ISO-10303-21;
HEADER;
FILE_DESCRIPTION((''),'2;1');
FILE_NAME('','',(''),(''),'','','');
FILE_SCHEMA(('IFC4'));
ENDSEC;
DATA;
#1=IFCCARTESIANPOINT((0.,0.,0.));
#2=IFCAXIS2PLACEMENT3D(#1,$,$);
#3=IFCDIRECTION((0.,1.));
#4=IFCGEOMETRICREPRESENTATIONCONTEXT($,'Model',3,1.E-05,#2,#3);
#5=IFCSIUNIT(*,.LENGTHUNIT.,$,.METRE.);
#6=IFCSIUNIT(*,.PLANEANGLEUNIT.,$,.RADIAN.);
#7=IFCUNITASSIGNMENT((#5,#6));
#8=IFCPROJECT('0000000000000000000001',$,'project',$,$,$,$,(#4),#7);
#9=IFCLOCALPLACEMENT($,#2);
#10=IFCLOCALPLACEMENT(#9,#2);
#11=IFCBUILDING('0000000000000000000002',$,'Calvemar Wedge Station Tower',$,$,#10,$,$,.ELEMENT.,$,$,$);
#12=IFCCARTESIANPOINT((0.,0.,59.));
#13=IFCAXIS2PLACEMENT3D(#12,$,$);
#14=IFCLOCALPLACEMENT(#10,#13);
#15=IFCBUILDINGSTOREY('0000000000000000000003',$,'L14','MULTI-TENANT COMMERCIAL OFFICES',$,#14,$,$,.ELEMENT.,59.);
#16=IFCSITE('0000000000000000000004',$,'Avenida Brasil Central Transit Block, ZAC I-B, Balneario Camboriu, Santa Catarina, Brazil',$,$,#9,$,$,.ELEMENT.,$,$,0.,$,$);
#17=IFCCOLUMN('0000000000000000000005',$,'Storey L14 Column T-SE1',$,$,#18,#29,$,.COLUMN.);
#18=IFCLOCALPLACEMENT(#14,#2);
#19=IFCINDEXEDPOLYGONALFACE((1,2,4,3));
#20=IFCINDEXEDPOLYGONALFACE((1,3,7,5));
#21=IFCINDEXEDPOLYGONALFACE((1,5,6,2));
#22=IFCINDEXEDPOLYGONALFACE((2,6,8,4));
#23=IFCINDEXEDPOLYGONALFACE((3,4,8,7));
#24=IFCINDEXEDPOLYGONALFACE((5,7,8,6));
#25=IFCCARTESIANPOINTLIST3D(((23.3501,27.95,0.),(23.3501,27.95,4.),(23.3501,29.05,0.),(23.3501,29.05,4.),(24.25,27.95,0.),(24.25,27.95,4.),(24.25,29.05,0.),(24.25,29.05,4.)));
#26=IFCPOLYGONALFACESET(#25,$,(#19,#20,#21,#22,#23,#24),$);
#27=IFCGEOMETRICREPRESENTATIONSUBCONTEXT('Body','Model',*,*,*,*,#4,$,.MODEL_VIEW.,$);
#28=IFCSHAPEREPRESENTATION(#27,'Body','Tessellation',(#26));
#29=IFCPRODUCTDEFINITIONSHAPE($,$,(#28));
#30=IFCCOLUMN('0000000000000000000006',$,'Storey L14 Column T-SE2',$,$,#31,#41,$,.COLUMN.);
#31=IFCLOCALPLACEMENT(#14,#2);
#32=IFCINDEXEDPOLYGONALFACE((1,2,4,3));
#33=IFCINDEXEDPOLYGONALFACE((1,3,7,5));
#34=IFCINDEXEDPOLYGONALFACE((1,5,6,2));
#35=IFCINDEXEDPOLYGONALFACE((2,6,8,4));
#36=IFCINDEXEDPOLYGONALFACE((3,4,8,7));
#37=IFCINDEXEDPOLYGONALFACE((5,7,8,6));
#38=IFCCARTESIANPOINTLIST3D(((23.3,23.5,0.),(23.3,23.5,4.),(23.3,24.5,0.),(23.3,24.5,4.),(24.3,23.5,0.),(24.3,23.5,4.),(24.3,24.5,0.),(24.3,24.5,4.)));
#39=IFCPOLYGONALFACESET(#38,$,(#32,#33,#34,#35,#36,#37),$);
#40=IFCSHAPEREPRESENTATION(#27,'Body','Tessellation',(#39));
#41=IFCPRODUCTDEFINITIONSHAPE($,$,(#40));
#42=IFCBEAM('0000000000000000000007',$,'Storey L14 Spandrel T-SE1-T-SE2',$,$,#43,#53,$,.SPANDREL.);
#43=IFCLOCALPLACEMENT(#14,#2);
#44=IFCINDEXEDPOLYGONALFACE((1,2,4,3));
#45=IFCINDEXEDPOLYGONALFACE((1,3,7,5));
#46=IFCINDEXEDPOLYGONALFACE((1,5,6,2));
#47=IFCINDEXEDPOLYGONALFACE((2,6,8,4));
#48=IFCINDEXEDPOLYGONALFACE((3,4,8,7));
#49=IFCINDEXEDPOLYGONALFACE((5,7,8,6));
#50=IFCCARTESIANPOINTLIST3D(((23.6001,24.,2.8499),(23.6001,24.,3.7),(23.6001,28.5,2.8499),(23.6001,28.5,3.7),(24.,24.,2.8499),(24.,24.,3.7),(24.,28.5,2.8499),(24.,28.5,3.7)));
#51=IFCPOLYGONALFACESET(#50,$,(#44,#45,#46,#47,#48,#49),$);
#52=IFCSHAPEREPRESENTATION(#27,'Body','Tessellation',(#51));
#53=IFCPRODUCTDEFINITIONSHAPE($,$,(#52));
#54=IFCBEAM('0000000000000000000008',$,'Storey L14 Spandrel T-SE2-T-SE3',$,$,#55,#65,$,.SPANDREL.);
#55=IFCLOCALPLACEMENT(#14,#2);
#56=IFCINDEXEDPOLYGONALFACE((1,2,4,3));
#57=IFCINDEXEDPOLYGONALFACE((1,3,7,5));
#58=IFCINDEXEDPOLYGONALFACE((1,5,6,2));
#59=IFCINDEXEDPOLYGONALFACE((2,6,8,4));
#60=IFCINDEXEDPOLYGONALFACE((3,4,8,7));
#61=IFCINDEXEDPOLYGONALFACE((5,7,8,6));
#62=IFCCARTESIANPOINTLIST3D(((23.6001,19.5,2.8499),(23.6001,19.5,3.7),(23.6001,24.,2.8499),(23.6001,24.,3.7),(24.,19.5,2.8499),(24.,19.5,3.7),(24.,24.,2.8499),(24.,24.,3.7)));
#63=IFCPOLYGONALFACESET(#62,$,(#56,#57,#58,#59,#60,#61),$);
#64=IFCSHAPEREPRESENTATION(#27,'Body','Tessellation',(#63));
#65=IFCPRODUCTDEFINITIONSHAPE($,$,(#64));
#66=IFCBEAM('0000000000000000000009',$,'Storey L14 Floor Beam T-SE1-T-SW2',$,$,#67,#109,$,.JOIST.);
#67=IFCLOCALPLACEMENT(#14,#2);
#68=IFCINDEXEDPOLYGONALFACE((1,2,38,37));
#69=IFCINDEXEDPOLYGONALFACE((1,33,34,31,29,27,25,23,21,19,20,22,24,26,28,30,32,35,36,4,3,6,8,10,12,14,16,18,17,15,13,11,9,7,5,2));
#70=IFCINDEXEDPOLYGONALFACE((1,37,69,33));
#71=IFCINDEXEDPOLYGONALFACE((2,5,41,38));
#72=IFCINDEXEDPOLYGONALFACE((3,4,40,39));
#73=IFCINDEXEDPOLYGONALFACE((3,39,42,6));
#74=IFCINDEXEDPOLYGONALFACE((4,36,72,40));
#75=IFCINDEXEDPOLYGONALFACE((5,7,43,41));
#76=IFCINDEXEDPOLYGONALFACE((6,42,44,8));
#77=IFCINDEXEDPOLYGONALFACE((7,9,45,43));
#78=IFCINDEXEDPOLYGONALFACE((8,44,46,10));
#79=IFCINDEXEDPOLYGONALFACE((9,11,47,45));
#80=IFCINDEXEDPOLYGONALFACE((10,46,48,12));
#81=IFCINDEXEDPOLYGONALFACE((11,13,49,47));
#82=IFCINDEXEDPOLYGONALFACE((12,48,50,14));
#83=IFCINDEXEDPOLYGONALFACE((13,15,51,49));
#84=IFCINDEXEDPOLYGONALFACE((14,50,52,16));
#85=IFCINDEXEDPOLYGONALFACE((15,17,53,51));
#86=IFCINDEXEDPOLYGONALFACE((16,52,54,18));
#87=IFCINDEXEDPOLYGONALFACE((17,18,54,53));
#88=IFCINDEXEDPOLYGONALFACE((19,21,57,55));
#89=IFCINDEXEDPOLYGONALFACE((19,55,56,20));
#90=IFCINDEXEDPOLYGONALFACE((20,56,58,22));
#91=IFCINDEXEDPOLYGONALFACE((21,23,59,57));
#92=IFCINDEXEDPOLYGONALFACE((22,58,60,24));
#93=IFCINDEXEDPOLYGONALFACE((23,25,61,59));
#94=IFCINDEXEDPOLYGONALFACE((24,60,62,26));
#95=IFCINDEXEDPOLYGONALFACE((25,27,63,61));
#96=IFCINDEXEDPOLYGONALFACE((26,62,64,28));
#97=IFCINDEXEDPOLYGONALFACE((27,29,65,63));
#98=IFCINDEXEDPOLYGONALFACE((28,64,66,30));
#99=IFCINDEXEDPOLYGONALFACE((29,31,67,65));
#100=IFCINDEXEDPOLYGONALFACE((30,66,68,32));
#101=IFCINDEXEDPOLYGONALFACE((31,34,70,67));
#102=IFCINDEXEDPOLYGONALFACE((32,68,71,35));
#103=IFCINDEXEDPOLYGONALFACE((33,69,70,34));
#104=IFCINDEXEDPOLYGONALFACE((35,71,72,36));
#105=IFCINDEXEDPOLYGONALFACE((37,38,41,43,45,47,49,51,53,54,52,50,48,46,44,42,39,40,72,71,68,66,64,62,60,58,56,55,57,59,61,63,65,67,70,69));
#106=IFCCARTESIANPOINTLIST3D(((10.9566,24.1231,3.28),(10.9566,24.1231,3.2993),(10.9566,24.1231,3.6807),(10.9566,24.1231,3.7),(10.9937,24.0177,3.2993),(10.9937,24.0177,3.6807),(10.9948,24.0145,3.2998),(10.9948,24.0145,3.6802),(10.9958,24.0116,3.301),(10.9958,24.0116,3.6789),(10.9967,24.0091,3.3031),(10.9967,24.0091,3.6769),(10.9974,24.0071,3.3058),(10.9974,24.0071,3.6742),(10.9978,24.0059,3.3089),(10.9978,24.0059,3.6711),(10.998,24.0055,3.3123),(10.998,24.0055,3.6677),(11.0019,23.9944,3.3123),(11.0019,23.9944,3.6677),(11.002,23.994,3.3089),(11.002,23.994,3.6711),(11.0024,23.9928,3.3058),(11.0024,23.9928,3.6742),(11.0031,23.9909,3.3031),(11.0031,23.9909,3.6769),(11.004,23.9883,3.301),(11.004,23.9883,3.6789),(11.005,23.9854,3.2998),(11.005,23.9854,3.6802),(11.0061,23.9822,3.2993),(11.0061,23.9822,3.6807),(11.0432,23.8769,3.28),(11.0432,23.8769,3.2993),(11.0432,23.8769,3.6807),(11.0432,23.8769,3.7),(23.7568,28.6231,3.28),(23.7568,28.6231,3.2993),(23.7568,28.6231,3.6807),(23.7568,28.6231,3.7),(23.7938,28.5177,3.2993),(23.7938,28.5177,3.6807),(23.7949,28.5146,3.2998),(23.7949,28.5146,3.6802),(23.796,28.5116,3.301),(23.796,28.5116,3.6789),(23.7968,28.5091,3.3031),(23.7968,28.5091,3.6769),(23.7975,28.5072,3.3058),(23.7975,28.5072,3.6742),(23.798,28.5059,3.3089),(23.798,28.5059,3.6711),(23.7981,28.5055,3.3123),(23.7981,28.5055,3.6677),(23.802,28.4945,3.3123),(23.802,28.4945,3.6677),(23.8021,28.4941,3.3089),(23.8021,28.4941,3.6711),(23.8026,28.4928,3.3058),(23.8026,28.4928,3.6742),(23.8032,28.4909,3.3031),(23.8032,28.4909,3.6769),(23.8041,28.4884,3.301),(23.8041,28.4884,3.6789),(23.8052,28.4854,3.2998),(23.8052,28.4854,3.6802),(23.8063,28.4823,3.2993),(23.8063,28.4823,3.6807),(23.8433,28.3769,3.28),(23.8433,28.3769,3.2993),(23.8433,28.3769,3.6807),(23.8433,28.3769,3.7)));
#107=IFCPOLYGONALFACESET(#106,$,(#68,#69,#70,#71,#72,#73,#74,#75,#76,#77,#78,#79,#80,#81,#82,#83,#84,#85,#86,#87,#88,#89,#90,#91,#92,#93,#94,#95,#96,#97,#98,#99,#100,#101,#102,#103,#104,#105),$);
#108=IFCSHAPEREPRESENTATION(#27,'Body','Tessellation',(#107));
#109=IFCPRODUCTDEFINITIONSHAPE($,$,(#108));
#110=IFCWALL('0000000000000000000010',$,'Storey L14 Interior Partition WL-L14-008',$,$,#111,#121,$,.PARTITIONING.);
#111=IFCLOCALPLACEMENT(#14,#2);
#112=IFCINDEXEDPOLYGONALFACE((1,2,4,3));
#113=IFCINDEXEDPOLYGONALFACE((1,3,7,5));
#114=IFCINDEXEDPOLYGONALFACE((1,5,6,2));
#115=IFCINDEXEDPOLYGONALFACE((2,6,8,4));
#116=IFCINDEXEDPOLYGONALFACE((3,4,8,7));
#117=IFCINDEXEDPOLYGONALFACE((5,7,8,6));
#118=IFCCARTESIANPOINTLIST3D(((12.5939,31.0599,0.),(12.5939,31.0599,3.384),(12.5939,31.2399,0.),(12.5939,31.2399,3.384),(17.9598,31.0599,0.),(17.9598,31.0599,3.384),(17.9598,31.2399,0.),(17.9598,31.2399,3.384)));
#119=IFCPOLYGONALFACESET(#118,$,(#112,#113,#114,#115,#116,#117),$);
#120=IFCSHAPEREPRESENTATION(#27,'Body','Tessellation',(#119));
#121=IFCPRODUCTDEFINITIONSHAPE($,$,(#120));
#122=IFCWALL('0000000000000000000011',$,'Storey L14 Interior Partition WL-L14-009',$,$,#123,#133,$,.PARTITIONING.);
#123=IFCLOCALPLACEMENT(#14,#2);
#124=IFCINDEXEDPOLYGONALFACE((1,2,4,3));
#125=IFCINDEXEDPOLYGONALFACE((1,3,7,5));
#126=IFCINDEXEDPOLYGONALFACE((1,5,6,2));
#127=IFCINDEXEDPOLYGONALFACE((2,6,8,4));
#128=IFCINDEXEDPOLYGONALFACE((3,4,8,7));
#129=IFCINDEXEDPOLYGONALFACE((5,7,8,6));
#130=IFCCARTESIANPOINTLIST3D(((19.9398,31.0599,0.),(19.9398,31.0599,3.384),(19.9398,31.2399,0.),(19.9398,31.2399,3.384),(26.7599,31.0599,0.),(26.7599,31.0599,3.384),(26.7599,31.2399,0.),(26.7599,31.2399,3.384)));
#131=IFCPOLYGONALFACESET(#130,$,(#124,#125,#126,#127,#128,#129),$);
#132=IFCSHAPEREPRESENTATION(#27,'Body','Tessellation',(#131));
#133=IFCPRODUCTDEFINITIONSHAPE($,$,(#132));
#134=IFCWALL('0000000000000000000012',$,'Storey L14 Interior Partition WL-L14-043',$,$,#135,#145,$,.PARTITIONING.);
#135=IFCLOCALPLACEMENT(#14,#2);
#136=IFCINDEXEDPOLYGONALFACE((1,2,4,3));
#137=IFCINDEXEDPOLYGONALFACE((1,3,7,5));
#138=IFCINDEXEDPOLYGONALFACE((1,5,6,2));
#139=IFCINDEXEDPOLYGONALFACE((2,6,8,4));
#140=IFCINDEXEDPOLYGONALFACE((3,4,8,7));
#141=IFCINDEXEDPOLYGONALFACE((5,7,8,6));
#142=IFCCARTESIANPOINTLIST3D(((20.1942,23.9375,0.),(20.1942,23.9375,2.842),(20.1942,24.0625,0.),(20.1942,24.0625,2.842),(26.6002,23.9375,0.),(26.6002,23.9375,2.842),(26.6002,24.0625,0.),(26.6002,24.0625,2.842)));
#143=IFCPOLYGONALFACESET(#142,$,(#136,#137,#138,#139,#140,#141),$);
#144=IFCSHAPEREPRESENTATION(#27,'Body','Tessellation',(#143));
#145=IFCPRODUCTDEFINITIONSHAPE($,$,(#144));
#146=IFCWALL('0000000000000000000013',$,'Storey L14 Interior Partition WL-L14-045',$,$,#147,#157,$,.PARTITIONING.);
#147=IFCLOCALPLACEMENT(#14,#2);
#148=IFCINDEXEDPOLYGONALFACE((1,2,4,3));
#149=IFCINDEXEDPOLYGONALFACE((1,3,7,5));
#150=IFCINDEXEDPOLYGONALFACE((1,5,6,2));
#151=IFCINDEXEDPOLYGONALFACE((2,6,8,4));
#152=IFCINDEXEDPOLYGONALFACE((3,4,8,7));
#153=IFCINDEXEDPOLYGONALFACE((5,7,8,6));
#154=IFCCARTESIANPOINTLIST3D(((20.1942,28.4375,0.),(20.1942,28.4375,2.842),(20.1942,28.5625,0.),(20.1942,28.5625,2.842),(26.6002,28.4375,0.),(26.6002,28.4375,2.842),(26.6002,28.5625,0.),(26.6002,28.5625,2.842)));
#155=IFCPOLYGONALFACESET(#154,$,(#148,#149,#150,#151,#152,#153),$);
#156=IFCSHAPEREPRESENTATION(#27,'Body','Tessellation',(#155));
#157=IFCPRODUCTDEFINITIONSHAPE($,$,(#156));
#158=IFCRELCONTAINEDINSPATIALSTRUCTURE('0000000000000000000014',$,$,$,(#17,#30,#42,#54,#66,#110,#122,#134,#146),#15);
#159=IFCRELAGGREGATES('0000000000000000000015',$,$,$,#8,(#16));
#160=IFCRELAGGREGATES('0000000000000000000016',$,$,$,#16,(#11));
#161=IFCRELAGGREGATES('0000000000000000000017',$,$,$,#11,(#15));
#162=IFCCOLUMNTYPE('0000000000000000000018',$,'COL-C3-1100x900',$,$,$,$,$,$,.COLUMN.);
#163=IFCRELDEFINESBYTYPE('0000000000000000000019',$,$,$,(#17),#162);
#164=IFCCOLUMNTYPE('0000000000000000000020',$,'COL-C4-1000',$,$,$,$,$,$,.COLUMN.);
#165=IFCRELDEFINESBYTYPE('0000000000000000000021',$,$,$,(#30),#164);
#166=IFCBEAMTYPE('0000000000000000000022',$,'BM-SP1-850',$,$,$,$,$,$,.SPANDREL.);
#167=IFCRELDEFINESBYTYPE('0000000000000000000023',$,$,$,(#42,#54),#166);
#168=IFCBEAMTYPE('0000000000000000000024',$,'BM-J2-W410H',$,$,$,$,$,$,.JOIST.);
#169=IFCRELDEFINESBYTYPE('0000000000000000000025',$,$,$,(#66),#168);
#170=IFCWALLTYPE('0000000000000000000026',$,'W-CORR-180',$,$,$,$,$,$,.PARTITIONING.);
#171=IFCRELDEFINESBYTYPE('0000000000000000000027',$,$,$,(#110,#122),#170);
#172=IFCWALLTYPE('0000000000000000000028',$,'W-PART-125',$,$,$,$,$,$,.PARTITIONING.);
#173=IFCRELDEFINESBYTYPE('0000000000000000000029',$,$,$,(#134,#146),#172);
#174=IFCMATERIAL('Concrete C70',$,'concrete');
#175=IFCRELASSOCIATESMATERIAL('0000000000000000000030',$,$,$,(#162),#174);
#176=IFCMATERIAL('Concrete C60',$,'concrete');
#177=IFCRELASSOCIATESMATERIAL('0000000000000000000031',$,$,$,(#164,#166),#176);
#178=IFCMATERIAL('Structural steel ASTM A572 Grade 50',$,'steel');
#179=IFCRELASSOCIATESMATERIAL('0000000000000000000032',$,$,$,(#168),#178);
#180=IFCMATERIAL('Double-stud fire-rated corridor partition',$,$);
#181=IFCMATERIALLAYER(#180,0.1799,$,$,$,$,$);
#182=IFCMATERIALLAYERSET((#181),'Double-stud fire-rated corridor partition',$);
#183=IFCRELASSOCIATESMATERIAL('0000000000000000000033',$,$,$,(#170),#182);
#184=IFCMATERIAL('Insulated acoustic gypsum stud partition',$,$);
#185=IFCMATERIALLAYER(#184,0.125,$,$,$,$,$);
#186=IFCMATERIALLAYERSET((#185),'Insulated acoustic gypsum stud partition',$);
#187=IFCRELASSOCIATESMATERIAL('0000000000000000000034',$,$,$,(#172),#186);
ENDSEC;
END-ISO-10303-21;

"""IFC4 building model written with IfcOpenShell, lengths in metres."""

from ifc_helpers import new_model, si_unit, direction, frame, frame_2d, origin, origin_2d, place, context, subcontext, project, spatial, rectangle, i_section, extrude, source, transform, mapped, material, layer, layer_set, material_profile, profile_set, type_object, element, save


model = new_model("IFC4")

# Units and contexts
model_context = context("Model", 3, precision=1e-05, world=origin(), true_north=direction((0.0, 1.0)))
body_context = subcontext(model_context, "Body", "Model", "MODEL_VIEW")
ifc_project = project(units=[si_unit("LENGTHUNIT", "METRE"), si_unit("PLANEANGLEUNIT", "RADIAN")], contexts=[model_context])

# Site, building, storey
site_placement = place(None, origin())
site = spatial("IfcSite", under=ifc_project, at=site_placement, Name="Avenida Brasil Central Transit Block, ZAC I-B, Balneario Camboriu, Santa Catarina, Brazil", CompositionType="ELEMENT", RefElevation=0.0)
building_placement = place(site_placement, origin())
building = spatial("IfcBuilding", under=site, at=building_placement, Name="Calvemar Wedge Station Tower", CompositionType="ELEMENT")
storey_placement = place(building_placement, frame((0.0, 0.0, 59.0)))
storey = spatial("IfcBuildingStorey", under=building, at=storey_placement, Name="L14", Description="MULTI-TENANT COMMERCIAL OFFICES", CompositionType="ELEMENT", Elevation=59.0)

# Columns
ifc_material_1 = material(Name="Concrete C70", Category="concrete")
ifc_material_profile_1 = material_profile(ifc_material_1, rectangle(XDim=0.8999, YDim=1.1001, at=origin_2d()), Name="RC1100x900")
ifc_profile_set_1 = profile_set([ifc_material_profile_1], Name="Concrete C70")
column_type_1 = type_object("IfcColumnType", Name="COL-C3-1100x900", PredefinedType="COLUMN", material=ifc_profile_set_1)
shared_shape_1 = source(origin(), body_context, "Body", "SweptSolid", [
    extrude(rectangle(XDim=0.8999, YDim=1.1001, at=origin_2d()), origin(), (0.0, 0.0, 1.0), 4.0),
])
column_1_placement = place(storey_placement, frame((23.8, 28.5, 0.0), z_axis=(0.0, 0.0, 1.0), x_axis=(1.0, 0.0, 0.0)))
element("IfcColumn", 1, at=column_1_placement, inside=storey, type_object=column_type_1, Name="Storey L14 Column T-SE1", PredefinedType="COLUMN", context=body_context, shape_type="MappedRepresentation", body=[
    mapped(shared_shape_1, transform((0.0, 0.0, 0.0), scale=1.0)),
])
ifc_material_2 = material(Name="Concrete C60", Category="concrete")
ifc_material_profile_2 = material_profile(ifc_material_2, rectangle(XDim=1.0, YDim=1.0, at=origin_2d()), Name="RC1000x1000")
ifc_profile_set_2 = profile_set([ifc_material_profile_2], Name="Concrete C60")
column_type_2 = type_object("IfcColumnType", Name="COL-C4-1000", PredefinedType="COLUMN", material=ifc_profile_set_2)
shared_shape_2 = source(origin(), body_context, "Body", "SweptSolid", [
    extrude(rectangle(XDim=1.0, YDim=1.0, at=origin_2d()), origin(), (0.0, 0.0, 1.0), 4.0),
])
column_2_placement = place(storey_placement, frame((23.8, 24.0, 0.0), z_axis=(0.0, 0.0, 1.0), x_axis=(1.0, 0.0, 0.0)))
element("IfcColumn", 2, at=column_2_placement, inside=storey, type_object=column_type_2, Name="Storey L14 Column T-SE2", PredefinedType="COLUMN", context=body_context, shape_type="MappedRepresentation", body=[
    mapped(shared_shape_2, transform((0.0, 0.0, 0.0), scale=1.0)),
])

# Beams
ifc_material_profile_3 = material_profile(ifc_material_2, rectangle(XDim=0.3999, YDim=0.8501, at=origin_2d()), Name="RC400x850")
ifc_profile_set_3 = profile_set([ifc_material_profile_3], Name="Concrete C60")
beam_type_1 = type_object("IfcBeamType", Name="BM-SP1-850", PredefinedType="SPANDREL", material=ifc_profile_set_3)
shared_shape_3 = source(origin(), body_context, "Body", "SweptSolid", [
    extrude(rectangle(XDim=0.3999, YDim=0.8501, at=origin_2d()), origin(), (0.0, 0.0, 1.0), 4.5),
])
for number, where, z_axis, x_axis, name in (
    (3, (23.8, 28.5, 3.2749), (0.0, -1.0, 0.0), (1.0, 0.0, 0.0), "Storey L14 Spandrel T-SE1-T-SE2"),
    (4, (23.8, 24.0, 3.2749), (0.0, -1.0, 0.0), (1.0, 0.0, 0.0), "Storey L14 Spandrel T-SE2-T-SE3"),
):
    element("IfcBeam", number, at=place(storey_placement, frame(where, z_axis=z_axis, x_axis=x_axis)), inside=storey, type_object=beam_type_1, Name=name, PredefinedType="SPANDREL", context=body_context, shape_type="MappedRepresentation", body=[
        mapped(shared_shape_3, transform((0.0, 0.0, 0.0), scale=1.0)),
    ])
ifc_material_3 = material(Name="Structural steel ASTM A572 Grade 50", Category="steel")
ifc_material_profile_4 = material_profile(ifc_material_3, i_section(OverallWidth=0.261, OverallDepth=0.4199, WebThickness=0.0117, FlangeThickness=0.0193, FilletRadius=0.0129, at=origin_2d()), Name="W410x114")
ifc_profile_set_4 = profile_set([ifc_material_profile_4], Name="Structural steel ASTM A572 Grade 50")
beam_type_2 = type_object("IfcBeamType", Name="BM-J2-W410H", PredefinedType="JOIST", material=ifc_profile_set_4)
shared_shape_4 = source(origin(), body_context, "Body", "SweptSolid", [
    extrude(i_section(OverallWidth=0.261, OverallDepth=0.4199, WebThickness=0.0117, FlangeThickness=0.0193, FilletRadius=0.0129, at=origin_2d()), origin(), (0.0, 0.0, 1.0), 13.5681),
])
beam_placement = place(storey_placement, frame((23.8, 28.5, 3.49), z_axis=(-0.943398, -0.331662, 0.0), x_axis=(0.331662, -0.943398, 0.0)))
element("IfcBeam", 5, at=beam_placement, inside=storey, type_object=beam_type_2, Name="Storey L14 Floor Beam T-SE1-T-SW2", PredefinedType="JOIST", context=body_context, shape_type="MappedRepresentation", body=[
    mapped(shared_shape_4, transform((0.0, 0.0, 0.0), scale=1.0)),
])

# Walls
ifc_material_4 = material(Name="Double-stud fire-rated corridor partition")
ifc_layer_1 = layer(ifc_material_4, 0.1799)
ifc_layer_set_1 = layer_set([ifc_layer_1], Name="Double-stud fire-rated corridor partition")
wall_type_1 = type_object("IfcWallType", Name="W-CORR-180", PredefinedType="PARTITIONING", material=ifc_layer_set_1)
wall_1_placement = place(storey_placement, frame((17.96, 31.1499, 0.0), z_axis=(0.0, 0.0, 1.0), x_axis=(-1.0, 0.0, 0.0)))
element("IfcWall", 6, at=wall_1_placement, inside=storey, type_object=wall_type_1, Name="Storey L14 Interior Partition WL-L14-008", PredefinedType="PARTITIONING", context=body_context, shape_type="SweptSolid", body=[
    extrude(rectangle(XDim=5.366, YDim=0.1799, at=frame_2d((2.6831, 0.0))), origin(), (0.0, 0.0, 1.0), 3.384),
])
wall_2_placement = place(storey_placement, frame((26.76, 31.1499, 0.0), z_axis=(0.0, 0.0, 1.0), x_axis=(-1.0, 0.0, 0.0)))
element("IfcWall", 7, at=wall_2_placement, inside=storey, type_object=wall_type_1, Name="Storey L14 Interior Partition WL-L14-009", PredefinedType="PARTITIONING", context=body_context, shape_type="SweptSolid", body=[
    extrude(rectangle(XDim=6.8201, YDim=0.1799, at=frame_2d((3.4102, 0.0))), origin(), (0.0, 0.0, 1.0), 3.384),
])

# Walls
ifc_material_5 = material(Name="Insulated acoustic gypsum stud partition")
ifc_layer_2 = layer(ifc_material_5, 0.125)
ifc_layer_set_2 = layer_set([ifc_layer_2], Name="Insulated acoustic gypsum stud partition")
wall_type_2 = type_object("IfcWallType", Name="W-PART-125", PredefinedType="PARTITIONING", material=ifc_layer_set_2)
for number, where, z_axis, x_axis, name in (
    (8, (20.1941, 24.0, 0.0), (0.0, 0.0, 1.0), (1.0, 0.0, 0.0), "Storey L14 Interior Partition WL-L14-043"),
    (9, (20.1941, 28.5, 0.0), (0.0, 0.0, 1.0), (1.0, 0.0, 0.0), "Storey L14 Interior Partition WL-L14-045"),
):
    element("IfcWall", number, at=place(storey_placement, frame(where, z_axis=z_axis, x_axis=x_axis)), inside=storey, type_object=wall_type_2, Name=name, PredefinedType="PARTITIONING", context=body_context, shape_type="SweptSolid", body=[
        extrude(rectangle(XDim=6.406, YDim=0.125, at=frame_2d((3.2031, 0.0))), origin(), (0.0, 0.0, 1.0), 2.842),
    ])

save(model, "model.ifc")
